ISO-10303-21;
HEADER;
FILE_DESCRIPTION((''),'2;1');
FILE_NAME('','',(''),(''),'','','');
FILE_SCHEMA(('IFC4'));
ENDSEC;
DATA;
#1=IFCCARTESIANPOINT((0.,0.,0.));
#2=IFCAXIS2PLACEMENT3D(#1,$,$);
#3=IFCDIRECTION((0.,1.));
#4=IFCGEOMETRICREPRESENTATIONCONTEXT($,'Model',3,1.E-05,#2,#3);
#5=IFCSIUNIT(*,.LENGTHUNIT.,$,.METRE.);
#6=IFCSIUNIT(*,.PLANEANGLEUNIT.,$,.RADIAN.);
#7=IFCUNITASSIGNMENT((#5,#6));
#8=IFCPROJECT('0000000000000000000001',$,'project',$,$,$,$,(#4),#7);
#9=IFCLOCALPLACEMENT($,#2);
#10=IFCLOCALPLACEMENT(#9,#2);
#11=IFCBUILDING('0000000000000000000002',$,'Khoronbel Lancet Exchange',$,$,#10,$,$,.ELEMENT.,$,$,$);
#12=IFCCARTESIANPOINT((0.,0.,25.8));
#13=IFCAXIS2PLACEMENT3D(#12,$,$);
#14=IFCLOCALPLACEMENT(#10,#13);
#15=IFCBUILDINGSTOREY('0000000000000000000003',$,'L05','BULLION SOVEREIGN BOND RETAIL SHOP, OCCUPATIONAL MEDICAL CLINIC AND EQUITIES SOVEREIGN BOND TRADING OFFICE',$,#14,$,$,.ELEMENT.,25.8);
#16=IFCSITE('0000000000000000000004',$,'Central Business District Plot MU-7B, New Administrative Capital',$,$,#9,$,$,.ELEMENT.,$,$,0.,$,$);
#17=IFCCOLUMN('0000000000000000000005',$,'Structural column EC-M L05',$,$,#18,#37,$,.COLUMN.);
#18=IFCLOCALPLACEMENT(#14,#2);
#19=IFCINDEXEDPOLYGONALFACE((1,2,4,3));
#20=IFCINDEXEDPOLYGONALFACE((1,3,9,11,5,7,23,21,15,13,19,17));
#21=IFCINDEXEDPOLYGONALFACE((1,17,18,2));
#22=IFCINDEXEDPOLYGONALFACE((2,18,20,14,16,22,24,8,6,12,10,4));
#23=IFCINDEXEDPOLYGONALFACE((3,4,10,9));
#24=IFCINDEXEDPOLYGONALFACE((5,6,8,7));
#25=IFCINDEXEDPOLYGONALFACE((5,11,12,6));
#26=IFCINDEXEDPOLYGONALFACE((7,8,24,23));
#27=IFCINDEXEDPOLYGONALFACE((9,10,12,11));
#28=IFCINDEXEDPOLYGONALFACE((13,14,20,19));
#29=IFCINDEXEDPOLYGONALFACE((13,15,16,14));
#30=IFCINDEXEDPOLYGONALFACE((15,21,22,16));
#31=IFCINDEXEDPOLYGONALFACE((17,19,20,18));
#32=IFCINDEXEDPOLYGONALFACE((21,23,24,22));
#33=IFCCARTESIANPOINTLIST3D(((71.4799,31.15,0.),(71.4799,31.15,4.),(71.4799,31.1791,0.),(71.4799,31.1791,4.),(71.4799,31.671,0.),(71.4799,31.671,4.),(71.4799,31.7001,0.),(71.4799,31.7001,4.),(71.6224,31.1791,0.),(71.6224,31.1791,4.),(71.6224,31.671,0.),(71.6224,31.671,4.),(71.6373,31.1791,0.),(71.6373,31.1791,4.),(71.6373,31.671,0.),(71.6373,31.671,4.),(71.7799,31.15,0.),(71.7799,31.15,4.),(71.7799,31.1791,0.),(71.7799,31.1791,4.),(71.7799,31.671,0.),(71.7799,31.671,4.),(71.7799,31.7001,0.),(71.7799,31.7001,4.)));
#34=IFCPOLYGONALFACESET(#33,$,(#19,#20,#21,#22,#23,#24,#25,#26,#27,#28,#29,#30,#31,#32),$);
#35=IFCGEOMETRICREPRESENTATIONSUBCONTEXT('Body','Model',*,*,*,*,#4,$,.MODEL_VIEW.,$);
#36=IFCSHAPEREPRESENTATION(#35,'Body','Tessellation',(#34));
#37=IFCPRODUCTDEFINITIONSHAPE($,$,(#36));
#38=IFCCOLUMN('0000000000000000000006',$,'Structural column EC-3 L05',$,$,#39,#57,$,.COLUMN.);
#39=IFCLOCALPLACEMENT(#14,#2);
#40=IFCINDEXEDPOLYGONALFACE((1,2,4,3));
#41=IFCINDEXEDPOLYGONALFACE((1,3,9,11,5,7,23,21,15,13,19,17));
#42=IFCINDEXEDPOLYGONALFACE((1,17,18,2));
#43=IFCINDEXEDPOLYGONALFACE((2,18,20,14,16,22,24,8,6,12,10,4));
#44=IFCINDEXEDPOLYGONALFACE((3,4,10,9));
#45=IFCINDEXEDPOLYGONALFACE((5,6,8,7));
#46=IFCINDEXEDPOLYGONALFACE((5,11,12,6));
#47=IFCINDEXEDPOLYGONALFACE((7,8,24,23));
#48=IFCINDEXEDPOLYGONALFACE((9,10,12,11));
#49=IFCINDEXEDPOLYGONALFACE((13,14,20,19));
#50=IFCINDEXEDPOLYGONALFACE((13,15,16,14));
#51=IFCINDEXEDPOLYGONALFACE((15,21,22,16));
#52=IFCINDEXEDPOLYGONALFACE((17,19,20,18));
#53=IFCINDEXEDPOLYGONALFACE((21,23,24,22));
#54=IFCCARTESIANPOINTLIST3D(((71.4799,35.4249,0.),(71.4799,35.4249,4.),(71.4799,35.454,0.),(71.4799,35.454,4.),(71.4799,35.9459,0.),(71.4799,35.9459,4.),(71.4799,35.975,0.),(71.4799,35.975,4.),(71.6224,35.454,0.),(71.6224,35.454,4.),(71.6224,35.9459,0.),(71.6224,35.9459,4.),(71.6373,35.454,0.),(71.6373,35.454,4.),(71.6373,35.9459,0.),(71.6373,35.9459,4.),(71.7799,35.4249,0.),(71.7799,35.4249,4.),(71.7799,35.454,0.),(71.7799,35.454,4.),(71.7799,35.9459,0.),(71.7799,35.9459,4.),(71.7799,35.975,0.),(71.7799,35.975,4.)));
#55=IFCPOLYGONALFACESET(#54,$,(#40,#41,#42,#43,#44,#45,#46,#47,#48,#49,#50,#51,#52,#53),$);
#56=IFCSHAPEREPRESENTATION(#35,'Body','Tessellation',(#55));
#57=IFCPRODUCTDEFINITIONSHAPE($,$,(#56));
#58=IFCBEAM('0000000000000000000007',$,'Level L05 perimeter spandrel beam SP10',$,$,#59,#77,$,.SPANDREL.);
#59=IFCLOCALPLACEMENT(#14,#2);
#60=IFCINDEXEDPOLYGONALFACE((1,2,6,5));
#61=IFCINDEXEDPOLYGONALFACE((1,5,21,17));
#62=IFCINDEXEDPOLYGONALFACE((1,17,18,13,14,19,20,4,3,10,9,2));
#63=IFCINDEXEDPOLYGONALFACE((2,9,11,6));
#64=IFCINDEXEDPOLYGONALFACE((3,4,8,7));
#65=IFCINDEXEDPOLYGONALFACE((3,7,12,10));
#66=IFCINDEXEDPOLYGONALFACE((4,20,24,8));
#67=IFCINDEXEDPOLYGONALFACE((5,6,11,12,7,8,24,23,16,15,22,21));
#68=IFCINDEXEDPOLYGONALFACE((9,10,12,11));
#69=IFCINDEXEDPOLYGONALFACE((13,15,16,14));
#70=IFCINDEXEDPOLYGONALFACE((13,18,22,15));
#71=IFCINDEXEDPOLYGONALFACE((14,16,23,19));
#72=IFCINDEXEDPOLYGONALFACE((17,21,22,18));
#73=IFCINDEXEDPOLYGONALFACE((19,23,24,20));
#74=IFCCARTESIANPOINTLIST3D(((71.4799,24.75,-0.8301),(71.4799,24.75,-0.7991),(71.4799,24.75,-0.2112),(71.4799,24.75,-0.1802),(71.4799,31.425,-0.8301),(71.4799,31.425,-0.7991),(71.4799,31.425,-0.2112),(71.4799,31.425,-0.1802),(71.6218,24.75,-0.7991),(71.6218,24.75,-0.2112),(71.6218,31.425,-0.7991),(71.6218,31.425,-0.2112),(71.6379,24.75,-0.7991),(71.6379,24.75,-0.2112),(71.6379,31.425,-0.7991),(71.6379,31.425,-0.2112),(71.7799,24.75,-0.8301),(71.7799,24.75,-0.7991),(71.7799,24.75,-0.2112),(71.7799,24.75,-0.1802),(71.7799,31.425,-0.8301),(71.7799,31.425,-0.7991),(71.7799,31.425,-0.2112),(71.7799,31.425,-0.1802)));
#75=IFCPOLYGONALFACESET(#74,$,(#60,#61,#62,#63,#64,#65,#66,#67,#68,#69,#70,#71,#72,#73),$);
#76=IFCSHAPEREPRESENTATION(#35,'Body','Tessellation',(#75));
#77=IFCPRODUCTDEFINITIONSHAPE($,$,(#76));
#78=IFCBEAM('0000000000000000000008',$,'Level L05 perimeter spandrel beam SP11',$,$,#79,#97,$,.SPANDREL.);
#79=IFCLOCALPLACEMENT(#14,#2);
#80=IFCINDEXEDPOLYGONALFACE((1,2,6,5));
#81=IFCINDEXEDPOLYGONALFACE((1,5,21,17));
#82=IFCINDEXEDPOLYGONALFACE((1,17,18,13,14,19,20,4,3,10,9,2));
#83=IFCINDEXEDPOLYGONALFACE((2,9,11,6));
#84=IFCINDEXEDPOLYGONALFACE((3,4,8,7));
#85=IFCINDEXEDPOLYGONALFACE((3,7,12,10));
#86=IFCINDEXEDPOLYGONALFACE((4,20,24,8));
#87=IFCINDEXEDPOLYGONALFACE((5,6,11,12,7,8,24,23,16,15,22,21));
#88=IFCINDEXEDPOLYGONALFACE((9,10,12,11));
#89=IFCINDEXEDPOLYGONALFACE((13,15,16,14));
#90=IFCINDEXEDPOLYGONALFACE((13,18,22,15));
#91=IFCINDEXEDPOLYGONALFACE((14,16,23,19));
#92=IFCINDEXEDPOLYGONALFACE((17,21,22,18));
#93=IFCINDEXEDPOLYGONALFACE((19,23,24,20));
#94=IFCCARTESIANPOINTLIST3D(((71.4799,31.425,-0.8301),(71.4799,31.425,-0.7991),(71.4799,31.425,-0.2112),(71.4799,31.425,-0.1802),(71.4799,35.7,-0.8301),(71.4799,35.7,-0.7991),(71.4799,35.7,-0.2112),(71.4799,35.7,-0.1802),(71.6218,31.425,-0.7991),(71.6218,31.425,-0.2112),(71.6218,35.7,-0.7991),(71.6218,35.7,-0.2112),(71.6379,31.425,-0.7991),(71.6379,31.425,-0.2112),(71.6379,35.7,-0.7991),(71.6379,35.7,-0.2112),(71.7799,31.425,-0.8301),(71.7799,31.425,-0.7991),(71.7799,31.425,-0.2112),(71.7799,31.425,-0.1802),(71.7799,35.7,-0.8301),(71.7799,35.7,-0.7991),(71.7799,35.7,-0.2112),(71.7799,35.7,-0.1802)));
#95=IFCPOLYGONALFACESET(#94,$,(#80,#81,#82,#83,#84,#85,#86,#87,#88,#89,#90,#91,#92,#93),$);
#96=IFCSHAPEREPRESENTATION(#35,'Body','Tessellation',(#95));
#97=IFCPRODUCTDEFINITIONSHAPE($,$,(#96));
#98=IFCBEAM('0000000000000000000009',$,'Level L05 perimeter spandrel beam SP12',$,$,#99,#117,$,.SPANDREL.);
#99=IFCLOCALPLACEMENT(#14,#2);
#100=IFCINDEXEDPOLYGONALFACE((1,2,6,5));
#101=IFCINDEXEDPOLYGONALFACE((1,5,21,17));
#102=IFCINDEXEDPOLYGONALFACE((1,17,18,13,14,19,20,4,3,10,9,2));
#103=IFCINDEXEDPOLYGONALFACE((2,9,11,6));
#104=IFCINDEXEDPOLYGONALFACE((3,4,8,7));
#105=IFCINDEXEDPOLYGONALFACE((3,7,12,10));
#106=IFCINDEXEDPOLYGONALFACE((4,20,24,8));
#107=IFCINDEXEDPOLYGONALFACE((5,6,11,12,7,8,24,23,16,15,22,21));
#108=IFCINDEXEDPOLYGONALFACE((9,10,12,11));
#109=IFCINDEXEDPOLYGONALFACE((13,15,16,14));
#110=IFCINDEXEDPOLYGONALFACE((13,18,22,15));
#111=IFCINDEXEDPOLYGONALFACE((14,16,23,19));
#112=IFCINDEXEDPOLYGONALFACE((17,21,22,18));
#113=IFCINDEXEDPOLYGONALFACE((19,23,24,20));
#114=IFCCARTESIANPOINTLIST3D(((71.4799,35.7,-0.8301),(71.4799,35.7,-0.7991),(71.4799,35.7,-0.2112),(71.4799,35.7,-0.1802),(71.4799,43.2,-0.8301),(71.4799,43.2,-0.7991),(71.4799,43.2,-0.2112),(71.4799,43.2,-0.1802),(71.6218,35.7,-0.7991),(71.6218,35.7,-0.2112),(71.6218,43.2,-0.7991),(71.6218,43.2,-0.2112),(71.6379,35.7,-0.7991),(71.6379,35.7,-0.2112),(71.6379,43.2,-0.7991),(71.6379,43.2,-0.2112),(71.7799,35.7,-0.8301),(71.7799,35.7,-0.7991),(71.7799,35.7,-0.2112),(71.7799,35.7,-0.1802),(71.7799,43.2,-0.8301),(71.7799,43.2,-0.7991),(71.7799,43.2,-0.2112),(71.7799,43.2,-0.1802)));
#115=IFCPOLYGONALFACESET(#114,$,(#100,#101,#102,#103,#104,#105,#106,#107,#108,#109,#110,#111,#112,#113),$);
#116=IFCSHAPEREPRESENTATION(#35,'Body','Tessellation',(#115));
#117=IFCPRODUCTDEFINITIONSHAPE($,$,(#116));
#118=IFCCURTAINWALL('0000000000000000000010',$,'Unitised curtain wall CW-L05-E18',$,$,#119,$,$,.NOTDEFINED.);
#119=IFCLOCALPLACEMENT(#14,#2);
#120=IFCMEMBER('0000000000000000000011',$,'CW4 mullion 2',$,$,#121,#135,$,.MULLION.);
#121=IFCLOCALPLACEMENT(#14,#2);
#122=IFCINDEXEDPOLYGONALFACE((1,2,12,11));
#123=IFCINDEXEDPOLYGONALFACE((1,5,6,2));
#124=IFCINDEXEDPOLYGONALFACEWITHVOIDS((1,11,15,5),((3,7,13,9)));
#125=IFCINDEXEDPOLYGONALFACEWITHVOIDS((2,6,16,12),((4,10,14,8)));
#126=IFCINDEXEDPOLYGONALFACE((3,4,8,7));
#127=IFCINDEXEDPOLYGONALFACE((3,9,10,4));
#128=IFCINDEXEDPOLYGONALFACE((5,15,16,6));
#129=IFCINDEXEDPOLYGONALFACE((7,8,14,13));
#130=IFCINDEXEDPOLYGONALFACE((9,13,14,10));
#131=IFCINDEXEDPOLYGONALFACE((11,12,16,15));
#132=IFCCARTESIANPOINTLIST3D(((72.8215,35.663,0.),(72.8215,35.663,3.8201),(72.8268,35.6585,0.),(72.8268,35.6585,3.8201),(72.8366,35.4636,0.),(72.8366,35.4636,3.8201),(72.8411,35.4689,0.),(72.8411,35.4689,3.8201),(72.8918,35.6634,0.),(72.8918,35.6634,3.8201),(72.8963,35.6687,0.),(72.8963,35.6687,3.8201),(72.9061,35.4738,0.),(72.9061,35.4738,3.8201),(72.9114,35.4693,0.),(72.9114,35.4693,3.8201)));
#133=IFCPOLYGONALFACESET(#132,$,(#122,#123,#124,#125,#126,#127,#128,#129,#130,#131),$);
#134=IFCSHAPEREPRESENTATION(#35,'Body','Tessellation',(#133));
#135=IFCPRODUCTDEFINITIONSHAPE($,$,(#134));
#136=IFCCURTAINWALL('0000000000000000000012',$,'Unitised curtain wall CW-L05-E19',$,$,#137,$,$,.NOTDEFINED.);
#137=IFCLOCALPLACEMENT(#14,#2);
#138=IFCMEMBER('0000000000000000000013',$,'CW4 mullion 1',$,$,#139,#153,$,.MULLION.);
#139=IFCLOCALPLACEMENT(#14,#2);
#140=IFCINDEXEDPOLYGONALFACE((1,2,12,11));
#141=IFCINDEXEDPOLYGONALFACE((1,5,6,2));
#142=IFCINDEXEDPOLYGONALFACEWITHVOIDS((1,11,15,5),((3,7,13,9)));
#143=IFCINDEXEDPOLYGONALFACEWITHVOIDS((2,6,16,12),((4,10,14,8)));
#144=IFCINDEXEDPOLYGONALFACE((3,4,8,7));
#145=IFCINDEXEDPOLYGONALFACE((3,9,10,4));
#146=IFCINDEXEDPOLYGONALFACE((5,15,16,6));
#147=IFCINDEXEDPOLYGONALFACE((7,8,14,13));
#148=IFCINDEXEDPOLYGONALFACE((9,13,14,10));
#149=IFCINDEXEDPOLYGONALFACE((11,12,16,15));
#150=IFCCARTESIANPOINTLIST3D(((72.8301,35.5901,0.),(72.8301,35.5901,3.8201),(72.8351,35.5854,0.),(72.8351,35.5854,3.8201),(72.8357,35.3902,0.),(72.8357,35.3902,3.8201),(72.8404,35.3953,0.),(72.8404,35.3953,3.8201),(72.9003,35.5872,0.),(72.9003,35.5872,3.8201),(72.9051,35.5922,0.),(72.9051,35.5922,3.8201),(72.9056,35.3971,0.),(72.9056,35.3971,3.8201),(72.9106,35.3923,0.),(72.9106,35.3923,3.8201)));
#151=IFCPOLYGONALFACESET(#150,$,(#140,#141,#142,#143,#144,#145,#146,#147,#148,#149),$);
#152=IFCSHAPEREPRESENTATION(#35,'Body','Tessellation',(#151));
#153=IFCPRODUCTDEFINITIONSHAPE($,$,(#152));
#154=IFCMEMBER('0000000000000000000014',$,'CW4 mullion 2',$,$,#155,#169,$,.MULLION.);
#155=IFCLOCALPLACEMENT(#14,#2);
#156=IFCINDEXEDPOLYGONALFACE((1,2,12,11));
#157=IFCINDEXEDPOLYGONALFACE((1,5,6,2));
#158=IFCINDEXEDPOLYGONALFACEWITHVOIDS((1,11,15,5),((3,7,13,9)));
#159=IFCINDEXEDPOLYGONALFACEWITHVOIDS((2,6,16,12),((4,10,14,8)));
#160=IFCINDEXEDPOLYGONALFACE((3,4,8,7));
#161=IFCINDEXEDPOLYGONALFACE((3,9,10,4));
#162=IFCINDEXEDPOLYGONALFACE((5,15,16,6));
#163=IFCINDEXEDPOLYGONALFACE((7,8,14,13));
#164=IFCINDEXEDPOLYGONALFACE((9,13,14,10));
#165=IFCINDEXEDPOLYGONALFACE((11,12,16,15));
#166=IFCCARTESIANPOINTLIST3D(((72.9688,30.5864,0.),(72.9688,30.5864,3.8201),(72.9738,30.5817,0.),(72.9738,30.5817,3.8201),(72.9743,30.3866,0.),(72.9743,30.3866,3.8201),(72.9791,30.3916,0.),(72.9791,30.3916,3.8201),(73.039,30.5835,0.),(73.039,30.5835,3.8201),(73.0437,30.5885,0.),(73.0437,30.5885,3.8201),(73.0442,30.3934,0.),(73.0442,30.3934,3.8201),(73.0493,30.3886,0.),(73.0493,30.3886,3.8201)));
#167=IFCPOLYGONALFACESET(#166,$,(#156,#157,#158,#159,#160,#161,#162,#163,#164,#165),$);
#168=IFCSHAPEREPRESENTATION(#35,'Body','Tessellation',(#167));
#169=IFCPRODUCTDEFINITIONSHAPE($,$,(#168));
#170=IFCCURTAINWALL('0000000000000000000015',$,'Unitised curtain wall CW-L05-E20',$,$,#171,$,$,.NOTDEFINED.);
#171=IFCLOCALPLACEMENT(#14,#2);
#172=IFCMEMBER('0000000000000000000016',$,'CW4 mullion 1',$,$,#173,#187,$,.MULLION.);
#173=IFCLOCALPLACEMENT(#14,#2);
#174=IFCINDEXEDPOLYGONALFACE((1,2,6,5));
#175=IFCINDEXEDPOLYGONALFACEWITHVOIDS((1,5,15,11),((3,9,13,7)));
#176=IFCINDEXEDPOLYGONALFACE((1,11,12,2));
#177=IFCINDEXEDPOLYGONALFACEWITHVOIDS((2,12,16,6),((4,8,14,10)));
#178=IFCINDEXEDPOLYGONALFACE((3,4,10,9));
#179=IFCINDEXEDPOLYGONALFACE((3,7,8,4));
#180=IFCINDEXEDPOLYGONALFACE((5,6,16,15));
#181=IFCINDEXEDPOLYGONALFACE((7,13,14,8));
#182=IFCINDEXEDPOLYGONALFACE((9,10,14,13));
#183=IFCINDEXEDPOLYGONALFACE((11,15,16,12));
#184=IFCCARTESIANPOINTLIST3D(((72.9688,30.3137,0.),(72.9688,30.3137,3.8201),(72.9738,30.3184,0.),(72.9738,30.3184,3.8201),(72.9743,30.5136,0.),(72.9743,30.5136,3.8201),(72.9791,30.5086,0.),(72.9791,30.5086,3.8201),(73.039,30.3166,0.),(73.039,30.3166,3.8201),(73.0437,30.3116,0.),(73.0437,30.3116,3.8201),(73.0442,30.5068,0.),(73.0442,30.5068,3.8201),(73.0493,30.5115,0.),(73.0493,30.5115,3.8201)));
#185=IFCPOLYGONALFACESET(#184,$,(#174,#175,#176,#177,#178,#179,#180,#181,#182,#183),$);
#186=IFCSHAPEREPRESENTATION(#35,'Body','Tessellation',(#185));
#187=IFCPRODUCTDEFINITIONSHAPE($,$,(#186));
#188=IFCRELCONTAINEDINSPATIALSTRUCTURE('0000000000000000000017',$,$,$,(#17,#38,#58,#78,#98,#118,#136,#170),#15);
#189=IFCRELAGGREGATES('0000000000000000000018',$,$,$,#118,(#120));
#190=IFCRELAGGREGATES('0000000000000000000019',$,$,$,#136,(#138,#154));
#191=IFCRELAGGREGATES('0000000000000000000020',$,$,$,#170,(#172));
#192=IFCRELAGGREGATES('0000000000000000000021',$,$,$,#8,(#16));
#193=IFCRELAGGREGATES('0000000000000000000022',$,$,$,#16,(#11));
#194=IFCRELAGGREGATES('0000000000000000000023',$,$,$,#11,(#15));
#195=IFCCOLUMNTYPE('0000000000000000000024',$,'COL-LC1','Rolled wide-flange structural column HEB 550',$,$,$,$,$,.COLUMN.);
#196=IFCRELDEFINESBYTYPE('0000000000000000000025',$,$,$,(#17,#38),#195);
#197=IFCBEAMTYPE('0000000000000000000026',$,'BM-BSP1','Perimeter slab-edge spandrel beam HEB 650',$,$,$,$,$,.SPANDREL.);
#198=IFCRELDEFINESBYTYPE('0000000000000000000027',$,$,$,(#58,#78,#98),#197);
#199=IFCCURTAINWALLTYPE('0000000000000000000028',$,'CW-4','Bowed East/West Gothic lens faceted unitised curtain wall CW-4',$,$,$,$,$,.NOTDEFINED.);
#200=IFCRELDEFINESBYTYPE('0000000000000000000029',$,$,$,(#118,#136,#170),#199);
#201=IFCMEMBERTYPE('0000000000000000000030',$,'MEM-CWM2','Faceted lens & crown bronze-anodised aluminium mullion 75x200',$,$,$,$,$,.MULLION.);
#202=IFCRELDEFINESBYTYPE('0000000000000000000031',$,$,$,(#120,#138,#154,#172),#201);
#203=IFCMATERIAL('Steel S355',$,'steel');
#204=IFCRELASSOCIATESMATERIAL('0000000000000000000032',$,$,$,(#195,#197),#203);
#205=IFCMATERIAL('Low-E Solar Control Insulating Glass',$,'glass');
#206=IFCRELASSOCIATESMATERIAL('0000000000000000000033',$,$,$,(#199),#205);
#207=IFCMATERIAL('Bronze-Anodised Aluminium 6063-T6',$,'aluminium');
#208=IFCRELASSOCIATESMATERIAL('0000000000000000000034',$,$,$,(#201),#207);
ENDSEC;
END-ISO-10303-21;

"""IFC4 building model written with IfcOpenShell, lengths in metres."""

from ifc_helpers import new_model, si_unit, direction, frame, origin, origin_2d, place, context, subcontext, project, spatial, hollow_rectangle, i_section, extrude, material, material_profile, profile_set, type_object, element, aggregate, save


model = new_model("IFC4")

# Units and contexts
model_context = context("Model", 3, precision=1e-05, world=origin(), true_north=direction((0.0, 1.0)))
body_context = subcontext(model_context, "Body", "Model", "MODEL_VIEW")
ifc_project = project(units=[si_unit("LENGTHUNIT", "METRE"), si_unit("PLANEANGLEUNIT", "RADIAN")], contexts=[model_context])

# Site, building, storey
site_placement = place(None, origin())
site = spatial("IfcSite", under=ifc_project, at=site_placement, Name="Central Business District Plot MU-7B, New Administrative Capital", CompositionType="ELEMENT", RefElevation=0.0)
building_placement = place(site_placement, origin())
building = spatial("IfcBuilding", under=site, at=building_placement, Name="Khoronbel Lancet Exchange", CompositionType="ELEMENT")
storey_placement = place(building_placement, frame((0.0, 0.0, 25.8)))
storey = spatial("IfcBuildingStorey", under=building, at=storey_placement, Name="L05", Description="BULLION SOVEREIGN BOND RETAIL SHOP, OCCUPATIONAL MEDICAL CLINIC AND EQUITIES SOVEREIGN BOND TRADING OFFICE", CompositionType="ELEMENT", Elevation=25.8)

# Columns
ifc_material_1 = material(Name="Steel S355", Category="steel")
ifc_material_profile_1 = material_profile(ifc_material_1, i_section(OverallWidth=0.3, OverallDepth=0.55, WebThickness=0.0149, FlangeThickness=0.0291, at=origin_2d()), Name="HEB 550")
ifc_profile_set_1 = profile_set([ifc_material_profile_1], Name="Steel S355")
column_type = type_object("IfcColumnType", Name="COL-LC1", Description="Rolled wide-flange structural column HEB 550", PredefinedType="COLUMN", material=ifc_profile_set_1)
for number, where, z_axis, x_axis, name in (
    (1, (71.6299, 31.425, 0.0), (0.0, 0.0, 1.0), (1.0, 0.0, 0.0), "Structural column EC-M L05"),
    (2, (71.6299, 35.7, 0.0), (0.0, 0.0, 1.0), (1.0, 0.0, 0.0), "Structural column EC-3 L05"),
):
    element("IfcColumn", number, at=place(storey_placement, frame(where, z_axis=z_axis, x_axis=x_axis)), inside=storey, type_object=column_type, Name=name, PredefinedType="COLUMN", context=body_context, shape_type="SweptSolid", body=[
        extrude(i_section(OverallWidth=0.3, OverallDepth=0.55, WebThickness=0.0149, FlangeThickness=0.0291, at=origin_2d()), origin(), (0.0, 0.0, 1.0), 4.0),
    ])

# Beams
ifc_material_profile_2 = material_profile(ifc_material_1, i_section(OverallWidth=0.3, OverallDepth=0.6499, WebThickness=0.0161, FlangeThickness=0.031, at=origin_2d()), Name="HEB 650")
ifc_profile_set_2 = profile_set([ifc_material_profile_2], Name="Steel S355")
beam_type = type_object("IfcBeamType", Name="BM-BSP1", Description="Perimeter slab-edge spandrel beam HEB 650", PredefinedType="SPANDREL", material=ifc_profile_set_2)
beam_1_placement = place(storey_placement, frame((71.6299, 24.75, -0.5051), z_axis=(0.0, 1.0, 0.0), x_axis=(-1.0, 0.0, 0.0)))
element("IfcBeam", 3, at=beam_1_placement, inside=storey, type_object=beam_type, Name="Level L05 perimeter spandrel beam SP10", PredefinedType="SPANDREL", context=body_context, shape_type="SweptSolid", body=[
    extrude(i_section(OverallWidth=0.3, OverallDepth=0.6499, WebThickness=0.0161, FlangeThickness=0.031, at=origin_2d()), origin(), (0.0, 0.0, 1.0), 6.675),
])
beam_2_placement = place(storey_placement, frame((71.6299, 31.425, -0.5051), z_axis=(0.0, 1.0, 0.0), x_axis=(-1.0, 0.0, 0.0)))
element("IfcBeam", 4, at=beam_2_placement, inside=storey, type_object=beam_type, Name="Level L05 perimeter spandrel beam SP11", PredefinedType="SPANDREL", context=body_context, shape_type="SweptSolid", body=[
    extrude(i_section(OverallWidth=0.3, OverallDepth=0.6499, WebThickness=0.0161, FlangeThickness=0.031, at=origin_2d()), origin(), (0.0, 0.0, 1.0), 4.2749),
])
beam_3_placement = place(storey_placement, frame((71.6299, 35.7, -0.5051), z_axis=(0.0, 1.0, 0.0), x_axis=(-1.0, 0.0, 0.0)))
element("IfcBeam", 5, at=beam_3_placement, inside=storey, type_object=beam_type, Name="Level L05 perimeter spandrel beam SP12", PredefinedType="SPANDREL", context=body_context, shape_type="SweptSolid", body=[
    extrude(i_section(OverallWidth=0.3, OverallDepth=0.6499, WebThickness=0.0161, FlangeThickness=0.031, at=origin_2d()), origin(), (0.0, 0.0, 1.0), 7.5),
])

# Curtain wall, member
ifc_material_2 = material(Name="Low-E Solar Control Insulating Glass", Category="glass")
curtain_wall_type = type_object("IfcCurtainWallType", Name="CW-4", Description="Bowed East/West Gothic lens faceted unitised curtain wall CW-4", PredefinedType="NOTDEFINED", material=ifc_material_2)
curtain_wall_1_placement = place(storey_placement, origin())
curtain_wall_1 = element("IfcCurtainWall", 6, at=curtain_wall_1_placement, inside=storey, type_object=curtain_wall_type, Name="Unitised curtain wall CW-L05-E18", PredefinedType="NOTDEFINED")
ifc_material_3 = material(Name="Bronze-Anodised Aluminium 6063-T6", Category="aluminium")
ifc_material_profile_3 = material_profile(ifc_material_3, hollow_rectangle(XDim=0.075, YDim=0.2, WallThickness=0.0049, at=origin_2d()), Name="ALU MULLION 75x200")
ifc_profile_set_3 = profile_set([ifc_material_profile_3], Name="Bronze-Anodised Aluminium 6063-T6")
member_type_1 = type_object("IfcMemberType", Name="MEM-CWM2", Description="Faceted lens & crown bronze-anodised aluminium mullion 75x200", PredefinedType="MULLION", material=ifc_profile_set_3)
member_1_placement = place(storey_placement, frame((72.8665, 35.5662, 0.0), z_axis=(0.0, 0.0, 1.0), x_axis=(0.997154, 0.075395, 0.0)))
member_1 = element("IfcMember", 7, at=member_1_placement, type_object=member_type_1, Name="CW4 mullion 2", PredefinedType="MULLION", context=body_context, shape_type="SweptSolid", body=[
    extrude(hollow_rectangle(XDim=0.075, YDim=0.2, WallThickness=0.0049, at=origin_2d()), origin(), (0.0, 0.0, 1.0), 3.8201),
])

# Curtain walls, members
curtain_wall_2_placement = place(storey_placement, origin())
curtain_wall_2 = element("IfcCurtainWall", 8, at=curtain_wall_2_placement, inside=storey, type_object=curtain_wall_type, Name="Unitised curtain wall CW-L05-E19", PredefinedType="NOTDEFINED")
member_2_placement = place(storey_placement, frame((72.8704, 35.4912, 0.0), z_axis=(0.0, 0.0, 1.0), x_axis=(0.999617, 0.027674, 0.0)))
member_2 = element("IfcMember", 9, at=member_2_placement, type_object=member_type_1, Name="CW4 mullion 1", PredefinedType="MULLION", context=body_context, shape_type="SweptSolid", body=[
    extrude(hollow_rectangle(XDim=0.075, YDim=0.2, WallThickness=0.0049, at=origin_2d()), origin(), (0.0, 0.0, 1.0), 3.8201),
])
member_3_placement = place(storey_placement, frame((73.009, 30.4875, 0.0), z_axis=(0.0, 0.0, 1.0), x_axis=(0.999617, 0.027674, 0.0)))
member_3 = element("IfcMember", 10, at=member_3_placement, type_object=member_type_1, Name="CW4 mullion 2", PredefinedType="MULLION", context=body_context, shape_type="SweptSolid", body=[
    extrude(hollow_rectangle(XDim=0.075, YDim=0.2, WallThickness=0.0049, at=origin_2d()), origin(), (0.0, 0.0, 1.0), 3.8201),
])
curtain_wall_3_placement = place(storey_placement, origin())
curtain_wall_3 = element("IfcCurtainWall", 11, at=curtain_wall_3_placement, inside=storey, type_object=curtain_wall_type, Name="Unitised curtain wall CW-L05-E20", PredefinedType="NOTDEFINED")
member_4_placement = place(storey_placement, frame((73.009, 30.4126, 0.0), z_axis=(0.0, 0.0, 1.0), x_axis=(0.999617, -0.027674, 0.0)))
member_4 = element("IfcMember", 12, at=member_4_placement, type_object=member_type_1, Name="CW4 mullion 1", PredefinedType="MULLION", context=body_context, shape_type="SweptSolid", body=[
    extrude(hollow_rectangle(XDim=0.075, YDim=0.2, WallThickness=0.0049, at=origin_2d()), origin(), (0.0, 0.0, 1.0), 3.8201),
])

aggregate(curtain_wall_1, [member_1])
aggregate(curtain_wall_2, [member_2, member_3])
aggregate(curtain_wall_3, [member_4])

save(model, "model.ifc")
